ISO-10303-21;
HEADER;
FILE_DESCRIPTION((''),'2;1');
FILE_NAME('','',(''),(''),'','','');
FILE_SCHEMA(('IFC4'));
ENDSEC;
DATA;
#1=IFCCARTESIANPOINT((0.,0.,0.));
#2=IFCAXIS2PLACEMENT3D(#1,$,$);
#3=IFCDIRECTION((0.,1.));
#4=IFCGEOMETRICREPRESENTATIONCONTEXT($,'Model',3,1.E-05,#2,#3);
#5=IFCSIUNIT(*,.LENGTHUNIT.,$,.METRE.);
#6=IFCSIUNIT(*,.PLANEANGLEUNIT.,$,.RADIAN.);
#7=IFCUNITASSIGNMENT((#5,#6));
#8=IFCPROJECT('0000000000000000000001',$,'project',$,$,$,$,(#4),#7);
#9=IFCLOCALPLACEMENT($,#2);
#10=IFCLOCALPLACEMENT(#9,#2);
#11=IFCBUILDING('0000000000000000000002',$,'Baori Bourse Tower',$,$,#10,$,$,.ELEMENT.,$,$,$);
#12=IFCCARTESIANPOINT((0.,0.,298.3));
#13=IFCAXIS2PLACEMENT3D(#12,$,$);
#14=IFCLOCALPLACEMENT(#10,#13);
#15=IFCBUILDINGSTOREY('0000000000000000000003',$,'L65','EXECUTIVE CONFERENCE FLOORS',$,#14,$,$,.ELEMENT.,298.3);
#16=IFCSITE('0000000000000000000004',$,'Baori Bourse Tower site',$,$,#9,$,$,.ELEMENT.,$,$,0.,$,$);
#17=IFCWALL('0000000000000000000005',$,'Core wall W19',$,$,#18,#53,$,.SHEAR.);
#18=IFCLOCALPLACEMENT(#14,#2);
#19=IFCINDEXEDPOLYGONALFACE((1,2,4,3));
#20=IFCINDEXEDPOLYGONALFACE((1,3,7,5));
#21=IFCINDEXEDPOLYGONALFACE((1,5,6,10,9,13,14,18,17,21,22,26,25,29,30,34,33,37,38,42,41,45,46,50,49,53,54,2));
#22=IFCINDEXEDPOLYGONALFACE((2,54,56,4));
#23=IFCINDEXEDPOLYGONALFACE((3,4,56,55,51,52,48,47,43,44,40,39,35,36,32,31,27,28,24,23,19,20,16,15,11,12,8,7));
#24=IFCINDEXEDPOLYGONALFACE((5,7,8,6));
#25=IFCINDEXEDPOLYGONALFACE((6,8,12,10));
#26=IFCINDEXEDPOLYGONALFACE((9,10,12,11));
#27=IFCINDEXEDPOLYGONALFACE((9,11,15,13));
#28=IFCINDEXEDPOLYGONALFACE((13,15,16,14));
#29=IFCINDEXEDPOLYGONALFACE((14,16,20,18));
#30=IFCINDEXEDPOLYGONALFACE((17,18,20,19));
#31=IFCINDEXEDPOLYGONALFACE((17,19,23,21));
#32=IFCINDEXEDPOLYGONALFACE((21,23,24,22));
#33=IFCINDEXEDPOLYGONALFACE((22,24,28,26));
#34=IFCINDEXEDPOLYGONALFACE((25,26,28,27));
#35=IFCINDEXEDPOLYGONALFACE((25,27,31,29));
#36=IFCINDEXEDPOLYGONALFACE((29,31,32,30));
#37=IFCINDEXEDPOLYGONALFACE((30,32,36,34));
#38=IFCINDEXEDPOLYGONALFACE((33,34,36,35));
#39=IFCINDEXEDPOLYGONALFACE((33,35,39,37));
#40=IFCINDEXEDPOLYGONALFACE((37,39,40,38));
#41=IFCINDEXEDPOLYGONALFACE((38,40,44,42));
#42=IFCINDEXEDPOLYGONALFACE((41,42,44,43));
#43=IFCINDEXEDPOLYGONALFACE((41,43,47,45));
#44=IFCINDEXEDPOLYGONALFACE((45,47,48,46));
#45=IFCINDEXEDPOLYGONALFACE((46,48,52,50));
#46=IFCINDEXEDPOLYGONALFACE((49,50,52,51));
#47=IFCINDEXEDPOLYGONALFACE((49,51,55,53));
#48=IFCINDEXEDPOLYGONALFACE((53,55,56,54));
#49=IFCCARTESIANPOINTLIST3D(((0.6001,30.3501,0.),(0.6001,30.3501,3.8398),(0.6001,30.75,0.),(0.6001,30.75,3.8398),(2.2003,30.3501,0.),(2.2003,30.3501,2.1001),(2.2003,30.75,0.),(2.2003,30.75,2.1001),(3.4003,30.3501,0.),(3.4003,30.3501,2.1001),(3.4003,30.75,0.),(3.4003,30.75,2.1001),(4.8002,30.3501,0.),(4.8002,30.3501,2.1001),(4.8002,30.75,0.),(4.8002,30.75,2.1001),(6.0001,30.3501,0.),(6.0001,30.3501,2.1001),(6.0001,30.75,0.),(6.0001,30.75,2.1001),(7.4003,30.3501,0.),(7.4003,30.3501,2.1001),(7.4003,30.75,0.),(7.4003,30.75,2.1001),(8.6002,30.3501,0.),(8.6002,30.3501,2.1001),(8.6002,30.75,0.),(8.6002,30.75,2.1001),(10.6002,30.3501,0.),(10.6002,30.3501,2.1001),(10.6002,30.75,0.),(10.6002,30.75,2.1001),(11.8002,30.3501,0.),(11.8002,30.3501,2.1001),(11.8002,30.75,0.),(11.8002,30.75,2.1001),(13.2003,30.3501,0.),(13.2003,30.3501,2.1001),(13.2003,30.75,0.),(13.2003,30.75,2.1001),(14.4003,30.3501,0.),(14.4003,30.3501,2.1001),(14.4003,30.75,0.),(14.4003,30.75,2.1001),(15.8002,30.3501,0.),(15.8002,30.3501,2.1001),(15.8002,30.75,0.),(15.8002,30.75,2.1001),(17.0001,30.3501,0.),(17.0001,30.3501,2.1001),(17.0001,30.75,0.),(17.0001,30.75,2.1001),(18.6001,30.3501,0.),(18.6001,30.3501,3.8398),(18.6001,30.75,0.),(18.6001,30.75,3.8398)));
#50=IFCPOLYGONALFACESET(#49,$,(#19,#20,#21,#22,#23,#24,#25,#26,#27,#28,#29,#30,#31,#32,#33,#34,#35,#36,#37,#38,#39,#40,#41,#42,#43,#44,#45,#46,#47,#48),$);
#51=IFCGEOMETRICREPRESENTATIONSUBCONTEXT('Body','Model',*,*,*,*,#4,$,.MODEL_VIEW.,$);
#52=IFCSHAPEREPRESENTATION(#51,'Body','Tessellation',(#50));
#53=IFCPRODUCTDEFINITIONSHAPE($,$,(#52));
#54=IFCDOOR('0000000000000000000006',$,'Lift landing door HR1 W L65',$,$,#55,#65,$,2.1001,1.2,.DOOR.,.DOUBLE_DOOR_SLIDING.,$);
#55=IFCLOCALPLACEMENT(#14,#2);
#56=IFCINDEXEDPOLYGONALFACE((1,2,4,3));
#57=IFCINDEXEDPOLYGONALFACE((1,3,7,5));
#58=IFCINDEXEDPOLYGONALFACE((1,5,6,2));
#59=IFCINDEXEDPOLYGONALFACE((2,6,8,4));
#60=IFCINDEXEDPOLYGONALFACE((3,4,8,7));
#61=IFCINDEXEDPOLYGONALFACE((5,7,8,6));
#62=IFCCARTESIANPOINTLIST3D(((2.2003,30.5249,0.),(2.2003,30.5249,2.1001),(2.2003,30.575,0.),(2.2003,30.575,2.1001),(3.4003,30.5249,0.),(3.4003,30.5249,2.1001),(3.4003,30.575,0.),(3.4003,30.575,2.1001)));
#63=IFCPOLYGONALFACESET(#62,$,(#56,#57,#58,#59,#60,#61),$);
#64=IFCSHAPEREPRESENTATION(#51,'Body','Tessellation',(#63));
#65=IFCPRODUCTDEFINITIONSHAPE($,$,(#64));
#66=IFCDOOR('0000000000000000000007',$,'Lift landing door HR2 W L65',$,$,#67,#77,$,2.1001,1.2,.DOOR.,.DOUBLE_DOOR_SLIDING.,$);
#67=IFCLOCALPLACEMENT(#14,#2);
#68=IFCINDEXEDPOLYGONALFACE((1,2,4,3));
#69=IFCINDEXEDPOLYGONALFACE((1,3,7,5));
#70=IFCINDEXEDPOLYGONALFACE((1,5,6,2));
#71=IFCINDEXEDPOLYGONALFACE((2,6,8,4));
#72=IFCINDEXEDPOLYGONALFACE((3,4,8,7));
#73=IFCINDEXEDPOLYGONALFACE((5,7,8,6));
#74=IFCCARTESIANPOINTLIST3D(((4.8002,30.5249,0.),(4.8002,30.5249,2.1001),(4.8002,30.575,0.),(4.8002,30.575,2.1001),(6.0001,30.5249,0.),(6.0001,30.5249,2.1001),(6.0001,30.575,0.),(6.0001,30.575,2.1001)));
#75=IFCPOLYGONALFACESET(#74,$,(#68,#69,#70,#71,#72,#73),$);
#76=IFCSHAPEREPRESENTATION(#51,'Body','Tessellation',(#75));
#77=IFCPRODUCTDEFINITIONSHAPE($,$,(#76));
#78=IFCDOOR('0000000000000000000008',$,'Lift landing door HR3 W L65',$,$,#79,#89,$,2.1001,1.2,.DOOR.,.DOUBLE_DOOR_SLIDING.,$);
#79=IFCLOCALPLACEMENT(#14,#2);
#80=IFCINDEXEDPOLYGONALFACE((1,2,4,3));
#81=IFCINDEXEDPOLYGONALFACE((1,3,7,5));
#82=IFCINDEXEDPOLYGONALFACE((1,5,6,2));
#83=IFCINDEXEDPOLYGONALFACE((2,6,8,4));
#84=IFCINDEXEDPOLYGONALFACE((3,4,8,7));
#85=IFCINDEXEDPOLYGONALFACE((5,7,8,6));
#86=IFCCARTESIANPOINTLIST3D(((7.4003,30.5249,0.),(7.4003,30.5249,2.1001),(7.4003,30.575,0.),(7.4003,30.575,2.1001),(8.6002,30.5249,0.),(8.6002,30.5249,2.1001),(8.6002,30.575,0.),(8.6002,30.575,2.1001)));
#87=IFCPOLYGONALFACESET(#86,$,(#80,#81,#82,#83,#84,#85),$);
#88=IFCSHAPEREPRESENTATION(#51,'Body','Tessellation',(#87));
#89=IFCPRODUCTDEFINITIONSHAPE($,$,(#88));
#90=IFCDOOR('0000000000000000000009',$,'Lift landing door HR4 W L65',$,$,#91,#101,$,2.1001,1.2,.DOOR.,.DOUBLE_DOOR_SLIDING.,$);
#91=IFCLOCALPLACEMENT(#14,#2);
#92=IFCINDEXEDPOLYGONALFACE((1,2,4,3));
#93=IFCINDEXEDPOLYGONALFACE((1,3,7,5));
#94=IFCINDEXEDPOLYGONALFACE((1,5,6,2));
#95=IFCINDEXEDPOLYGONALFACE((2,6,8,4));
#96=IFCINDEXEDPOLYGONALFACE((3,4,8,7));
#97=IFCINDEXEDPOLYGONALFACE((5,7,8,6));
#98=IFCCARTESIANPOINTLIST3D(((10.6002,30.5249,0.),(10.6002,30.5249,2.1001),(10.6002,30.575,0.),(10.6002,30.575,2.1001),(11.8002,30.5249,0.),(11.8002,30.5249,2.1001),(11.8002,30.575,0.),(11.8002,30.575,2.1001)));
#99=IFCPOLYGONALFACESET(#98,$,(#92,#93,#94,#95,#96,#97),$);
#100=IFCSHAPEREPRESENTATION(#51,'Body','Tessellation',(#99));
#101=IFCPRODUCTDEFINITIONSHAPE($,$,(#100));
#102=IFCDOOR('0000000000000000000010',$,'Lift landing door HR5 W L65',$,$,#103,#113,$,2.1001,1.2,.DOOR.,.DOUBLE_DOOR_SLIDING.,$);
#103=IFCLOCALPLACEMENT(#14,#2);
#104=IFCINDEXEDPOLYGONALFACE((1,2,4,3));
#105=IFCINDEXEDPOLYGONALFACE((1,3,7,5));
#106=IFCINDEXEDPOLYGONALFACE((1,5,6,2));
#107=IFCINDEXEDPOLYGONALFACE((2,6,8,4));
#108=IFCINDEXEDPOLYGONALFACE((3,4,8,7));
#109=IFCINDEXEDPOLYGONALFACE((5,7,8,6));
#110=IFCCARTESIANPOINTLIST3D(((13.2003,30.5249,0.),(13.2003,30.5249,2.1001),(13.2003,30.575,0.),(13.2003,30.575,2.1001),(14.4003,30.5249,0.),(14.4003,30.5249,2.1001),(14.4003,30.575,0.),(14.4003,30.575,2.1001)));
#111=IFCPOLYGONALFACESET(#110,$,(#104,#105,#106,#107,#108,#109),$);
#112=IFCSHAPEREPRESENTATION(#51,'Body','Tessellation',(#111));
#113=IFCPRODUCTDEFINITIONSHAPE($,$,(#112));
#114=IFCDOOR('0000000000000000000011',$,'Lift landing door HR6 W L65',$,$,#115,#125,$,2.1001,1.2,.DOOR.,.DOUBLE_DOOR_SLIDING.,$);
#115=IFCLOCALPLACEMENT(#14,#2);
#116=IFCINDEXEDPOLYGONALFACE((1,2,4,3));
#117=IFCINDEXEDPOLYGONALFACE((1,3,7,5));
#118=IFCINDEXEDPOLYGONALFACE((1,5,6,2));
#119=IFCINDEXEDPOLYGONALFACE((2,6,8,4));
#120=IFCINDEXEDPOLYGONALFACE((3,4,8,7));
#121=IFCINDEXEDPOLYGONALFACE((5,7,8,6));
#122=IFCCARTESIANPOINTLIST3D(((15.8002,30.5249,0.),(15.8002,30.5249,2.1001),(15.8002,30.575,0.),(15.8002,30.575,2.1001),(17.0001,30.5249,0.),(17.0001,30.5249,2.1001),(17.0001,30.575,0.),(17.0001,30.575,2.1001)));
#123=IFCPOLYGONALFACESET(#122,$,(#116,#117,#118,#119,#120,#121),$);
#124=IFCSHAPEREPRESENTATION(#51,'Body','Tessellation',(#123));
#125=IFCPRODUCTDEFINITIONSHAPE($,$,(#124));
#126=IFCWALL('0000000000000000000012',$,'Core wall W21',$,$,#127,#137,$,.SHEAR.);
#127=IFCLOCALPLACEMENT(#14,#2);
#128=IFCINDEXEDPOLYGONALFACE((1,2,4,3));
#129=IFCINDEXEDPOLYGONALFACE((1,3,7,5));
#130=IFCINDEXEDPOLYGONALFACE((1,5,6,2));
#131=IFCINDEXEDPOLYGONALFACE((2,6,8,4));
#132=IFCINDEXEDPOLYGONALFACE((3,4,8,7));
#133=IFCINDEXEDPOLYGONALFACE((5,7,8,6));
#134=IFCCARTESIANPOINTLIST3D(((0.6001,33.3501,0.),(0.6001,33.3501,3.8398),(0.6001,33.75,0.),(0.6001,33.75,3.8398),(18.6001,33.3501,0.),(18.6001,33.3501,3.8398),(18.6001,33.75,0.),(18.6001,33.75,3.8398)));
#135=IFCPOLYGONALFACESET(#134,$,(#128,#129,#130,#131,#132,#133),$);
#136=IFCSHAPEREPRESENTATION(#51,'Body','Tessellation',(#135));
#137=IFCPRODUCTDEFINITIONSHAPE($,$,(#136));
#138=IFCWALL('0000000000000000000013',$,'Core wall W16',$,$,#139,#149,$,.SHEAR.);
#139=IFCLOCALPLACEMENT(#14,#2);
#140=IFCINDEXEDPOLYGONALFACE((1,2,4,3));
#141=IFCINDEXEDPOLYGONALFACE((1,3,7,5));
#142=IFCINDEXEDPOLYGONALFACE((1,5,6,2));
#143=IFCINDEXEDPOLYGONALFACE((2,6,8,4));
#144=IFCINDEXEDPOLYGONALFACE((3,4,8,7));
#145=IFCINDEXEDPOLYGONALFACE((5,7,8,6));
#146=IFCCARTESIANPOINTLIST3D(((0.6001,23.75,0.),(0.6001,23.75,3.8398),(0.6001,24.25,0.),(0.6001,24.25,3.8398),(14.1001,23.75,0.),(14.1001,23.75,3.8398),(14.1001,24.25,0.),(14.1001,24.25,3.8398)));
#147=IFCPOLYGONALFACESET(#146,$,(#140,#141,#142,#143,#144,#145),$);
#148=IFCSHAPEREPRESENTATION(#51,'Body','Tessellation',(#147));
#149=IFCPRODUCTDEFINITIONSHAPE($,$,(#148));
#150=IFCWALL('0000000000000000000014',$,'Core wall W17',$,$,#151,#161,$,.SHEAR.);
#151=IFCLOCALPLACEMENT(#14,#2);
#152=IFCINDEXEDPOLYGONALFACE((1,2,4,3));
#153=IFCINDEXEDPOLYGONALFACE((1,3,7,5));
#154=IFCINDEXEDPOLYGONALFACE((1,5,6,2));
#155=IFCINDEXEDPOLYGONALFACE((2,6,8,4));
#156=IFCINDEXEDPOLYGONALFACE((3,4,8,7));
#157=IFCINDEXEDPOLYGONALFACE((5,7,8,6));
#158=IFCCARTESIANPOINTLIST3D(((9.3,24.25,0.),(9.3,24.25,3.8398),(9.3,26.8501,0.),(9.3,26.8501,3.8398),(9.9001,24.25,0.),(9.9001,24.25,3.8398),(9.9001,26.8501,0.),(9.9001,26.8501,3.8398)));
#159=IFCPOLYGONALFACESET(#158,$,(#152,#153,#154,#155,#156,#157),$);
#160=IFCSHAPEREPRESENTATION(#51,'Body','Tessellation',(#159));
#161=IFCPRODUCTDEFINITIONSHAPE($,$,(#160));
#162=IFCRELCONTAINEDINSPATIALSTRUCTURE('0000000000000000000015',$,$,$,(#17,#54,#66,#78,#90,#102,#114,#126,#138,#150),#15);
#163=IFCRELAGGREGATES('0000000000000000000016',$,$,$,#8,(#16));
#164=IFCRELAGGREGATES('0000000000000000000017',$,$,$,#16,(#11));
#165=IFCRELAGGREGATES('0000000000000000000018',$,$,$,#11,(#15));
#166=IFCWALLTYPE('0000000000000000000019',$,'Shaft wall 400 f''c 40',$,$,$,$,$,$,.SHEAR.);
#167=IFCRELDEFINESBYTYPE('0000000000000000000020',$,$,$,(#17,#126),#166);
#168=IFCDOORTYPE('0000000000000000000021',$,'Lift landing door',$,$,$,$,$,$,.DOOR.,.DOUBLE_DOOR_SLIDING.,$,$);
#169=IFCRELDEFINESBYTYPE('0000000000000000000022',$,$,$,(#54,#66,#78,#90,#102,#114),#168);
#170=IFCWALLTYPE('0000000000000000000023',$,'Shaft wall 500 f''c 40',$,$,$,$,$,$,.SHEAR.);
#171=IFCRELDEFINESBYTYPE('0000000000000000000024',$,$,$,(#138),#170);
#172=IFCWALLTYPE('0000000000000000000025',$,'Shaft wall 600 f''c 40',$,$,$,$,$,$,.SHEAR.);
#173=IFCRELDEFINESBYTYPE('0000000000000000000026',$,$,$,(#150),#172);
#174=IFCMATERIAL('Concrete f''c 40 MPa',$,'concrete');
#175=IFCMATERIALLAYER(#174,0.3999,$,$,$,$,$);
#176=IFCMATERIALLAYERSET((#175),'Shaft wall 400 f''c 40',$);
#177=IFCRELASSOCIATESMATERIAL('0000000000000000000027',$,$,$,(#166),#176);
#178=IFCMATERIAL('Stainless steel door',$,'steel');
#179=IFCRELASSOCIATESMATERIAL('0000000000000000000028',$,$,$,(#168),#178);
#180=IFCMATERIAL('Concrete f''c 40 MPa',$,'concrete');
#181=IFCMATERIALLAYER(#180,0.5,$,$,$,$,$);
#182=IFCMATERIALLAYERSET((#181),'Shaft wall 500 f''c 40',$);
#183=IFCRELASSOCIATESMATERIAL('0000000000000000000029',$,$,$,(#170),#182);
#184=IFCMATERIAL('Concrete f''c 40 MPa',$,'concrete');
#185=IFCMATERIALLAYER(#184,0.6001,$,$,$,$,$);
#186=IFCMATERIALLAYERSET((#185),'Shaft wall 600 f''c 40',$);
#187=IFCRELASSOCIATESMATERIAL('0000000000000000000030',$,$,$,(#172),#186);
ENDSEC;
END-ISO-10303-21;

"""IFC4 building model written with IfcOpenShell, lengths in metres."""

from ifc_helpers import new_model, si_unit, direction, frame, frame_2d, origin, place, context, subcontext, project, spatial, rectangle, extrude, material, layer, layer_set, type_object, element, fill, save


model = new_model("IFC4")

# Units and contexts
model_context = context("Model", 3, precision=1e-05, world=origin(), true_north=direction((0.0, 1.0)))
body_context = subcontext(model_context, "Body", "Model", "MODEL_VIEW")
ifc_project = project(units=[si_unit("LENGTHUNIT", "METRE"), si_unit("PLANEANGLEUNIT", "RADIAN")], contexts=[model_context])

# Site, building, storey
site_placement = place(None, origin())
site = spatial("IfcSite", under=ifc_project, at=site_placement, Name="Baori Bourse Tower site", CompositionType="ELEMENT", RefElevation=0.0)
building_placement = place(site_placement, origin())
building = spatial("IfcBuilding", under=site, at=building_placement, Name="Baori Bourse Tower", CompositionType="ELEMENT")
storey_placement = place(building_placement, frame((0.0, 0.0, 298.3)))
storey = spatial("IfcBuildingStorey", under=building, at=storey_placement, Name="L65", Description="EXECUTIVE CONFERENCE FLOORS", CompositionType="ELEMENT", Elevation=298.3)

# Wall, openings, doors
ifc_material_1 = material(Name="Concrete f'c 40 MPa", Category="concrete")
ifc_layer_1 = layer(ifc_material_1, 0.3999)
ifc_layer_set_1 = layer_set([ifc_layer_1], Name="Shaft wall 400 f'c 40")
wall_type_1 = type_object("IfcWallType", Name="Shaft wall 400 f'c 40", PredefinedType="SHEAR", material=ifc_layer_set_1)
ifc_material_2 = material(Name="Stainless steel door", Category="steel")
door_type_1 = type_object("IfcDoorType", Name="Lift landing door", OperationType="DOUBLE_DOOR_SLIDING", PredefinedType="DOOR", material=ifc_material_2)
wall_1_placement = place(storey_placement, frame((0.6001, 30.55, 0.0), z_axis=(0.0, 0.0, 1.0), x_axis=(1.0, 0.0, 0.0)))
wall_1 = element("IfcWall", 1, at=wall_1_placement, inside=storey, type_object=wall_type_1, Name="Core wall W19", PredefinedType="SHEAR", context=body_context, shape_type="SweptSolid", body=[
    extrude(rectangle(XDim=18.0, YDim=0.3999, at=frame_2d((9.0, 0.0))), origin(), (0.0, 0.0, 1.0), 3.8398),
])
opening_1_placement = place(wall_1_placement, frame((1.6001, 0.0, 0.0)))
opening_1 = element("IfcOpeningElement", 2, at=opening_1_placement, cuts=wall_1, PredefinedType="OPENING", context=body_context, shape_type="SweptSolid", body=[
    extrude(rectangle(XDim=1.2, YDim=2.1001, at=frame_2d((0.6001, 1.05))), frame((0.0, 0.21, 0.0), z_axis=(0.0, -1.0, 0.0), x_axis=(1.0, 0.0, 0.0)), (0.0, 0.0, 1.0), 0.4199),
])
opening_2_placement = place(wall_1_placement, frame((4.2, 0.0, 0.0)))
opening_2 = element("IfcOpeningElement", 3, at=opening_2_placement, cuts=wall_1, PredefinedType="OPENING", context=body_context, shape_type="SweptSolid", body=[
    extrude(rectangle(XDim=1.2, YDim=2.1001, at=frame_2d((0.6001, 1.05))), frame((0.0, 0.21, 0.0), z_axis=(0.0, -1.0, 0.0), x_axis=(1.0, 0.0, 0.0)), (0.0, 0.0, 1.0), 0.4199),
])
opening_3_placement = place(wall_1_placement, frame((6.8, 0.0, 0.0)))
opening_3 = element("IfcOpeningElement", 4, at=opening_3_placement, cuts=wall_1, PredefinedType="OPENING", context=body_context, shape_type="SweptSolid", body=[
    extrude(rectangle(XDim=1.2, YDim=2.1001, at=frame_2d((0.6001, 1.05))), frame((0.0, 0.21, 0.0), z_axis=(0.0, -1.0, 0.0), x_axis=(1.0, 0.0, 0.0)), (0.0, 0.0, 1.0), 0.4199),
])
opening_4_placement = place(wall_1_placement, frame((10.0, 0.0, 0.0)))
opening_4 = element("IfcOpeningElement", 5, at=opening_4_placement, cuts=wall_1, PredefinedType="OPENING", context=body_context, shape_type="SweptSolid", body=[
    extrude(rectangle(XDim=1.2, YDim=2.1001, at=frame_2d((0.6001, 1.05))), frame((0.0, 0.21, 0.0), z_axis=(0.0, -1.0, 0.0), x_axis=(1.0, 0.0, 0.0)), (0.0, 0.0, 1.0), 0.4199),
])
opening_5_placement = place(wall_1_placement, frame((12.6001, 0.0, 0.0)))
opening_5 = element("IfcOpeningElement", 6, at=opening_5_placement, cuts=wall_1, PredefinedType="OPENING", context=body_context, shape_type="SweptSolid", body=[
    extrude(rectangle(XDim=1.2, YDim=2.1001, at=frame_2d((0.6001, 1.05))), frame((0.0, 0.21, 0.0), z_axis=(0.0, -1.0, 0.0), x_axis=(1.0, 0.0, 0.0)), (0.0, 0.0, 1.0), 0.4199),
])
opening_6_placement = place(wall_1_placement, frame((15.2, 0.0, 0.0)))
opening_6 = element("IfcOpeningElement", 7, at=opening_6_placement, cuts=wall_1, PredefinedType="OPENING", context=body_context, shape_type="SweptSolid", body=[
    extrude(rectangle(XDim=1.2, YDim=2.1001, at=frame_2d((0.6001, 1.05))), frame((0.0, 0.21, 0.0), z_axis=(0.0, -1.0, 0.0), x_axis=(1.0, 0.0, 0.0)), (0.0, 0.0, 1.0), 0.4199),
])
door_1_placement = place(opening_1_placement, origin())
door_1 = element("IfcDoor", 8, at=door_1_placement, inside=storey, type_object=door_type_1, Name="Lift landing door HR1 W L65", OperationType="DOUBLE_DOOR_SLIDING", OverallHeight=2.1001, OverallWidth=1.2, PredefinedType="DOOR", context=body_context, shape_type="SweptSolid", body=[
    extrude(rectangle(XDim=1.2, YDim=2.1001, at=frame_2d((0.6001, 1.05))), frame((0.0, 0.0249, 0.0), z_axis=(0.0, -1.0, 0.0), x_axis=(1.0, 0.0, 0.0)), (0.0, 0.0, 1.0), 0.05),
])
fill(opening_1, door_1)
door_2_placement = place(opening_2_placement, origin())
door_2 = element("IfcDoor", 9, at=door_2_placement, inside=storey, type_object=door_type_1, Name="Lift landing door HR2 W L65", OperationType="DOUBLE_DOOR_SLIDING", OverallHeight=2.1001, OverallWidth=1.2, PredefinedType="DOOR", context=body_context, shape_type="SweptSolid", body=[
    extrude(rectangle(XDim=1.2, YDim=2.1001, at=frame_2d((0.6001, 1.05))), frame((0.0, 0.0249, 0.0), z_axis=(0.0, -1.0, 0.0), x_axis=(1.0, 0.0, 0.0)), (0.0, 0.0, 1.0), 0.05),
])
fill(opening_2, door_2)
door_3_placement = place(opening_3_placement, origin())
door_3 = element("IfcDoor", 10, at=door_3_placement, inside=storey, type_object=door_type_1, Name="Lift landing door HR3 W L65", OperationType="DOUBLE_DOOR_SLIDING", OverallHeight=2.1001, OverallWidth=1.2, PredefinedType="DOOR", context=body_context, shape_type="SweptSolid", body=[
    extrude(rectangle(XDim=1.2, YDim=2.1001, at=frame_2d((0.6001, 1.05))), frame((0.0, 0.0249, 0.0), z_axis=(0.0, -1.0, 0.0), x_axis=(1.0, 0.0, 0.0)), (0.0, 0.0, 1.0), 0.05),
])
fill(opening_3, door_3)
door_4_placement = place(opening_4_placement, origin())
door_4 = element("IfcDoor", 11, at=door_4_placement, inside=storey, type_object=door_type_1, Name="Lift landing door HR4 W L65", OperationType="DOUBLE_DOOR_SLIDING", OverallHeight=2.1001, OverallWidth=1.2, PredefinedType="DOOR", context=body_context, shape_type="SweptSolid", body=[
    extrude(rectangle(XDim=1.2, YDim=2.1001, at=frame_2d((0.6001, 1.05))), frame((0.0, 0.0249, 0.0), z_axis=(0.0, -1.0, 0.0), x_axis=(1.0, 0.0, 0.0)), (0.0, 0.0, 1.0), 0.05),
])
fill(opening_4, door_4)
door_5_placement = place(opening_5_placement, origin())
door_5 = element("IfcDoor", 12, at=door_5_placement, inside=storey, type_object=door_type_1, Name="Lift landing door HR5 W L65", OperationType="DOUBLE_DOOR_SLIDING", OverallHeight=2.1001, OverallWidth=1.2, PredefinedType="DOOR", context=body_context, shape_type="SweptSolid", body=[
    extrude(rectangle(XDim=1.2, YDim=2.1001, at=frame_2d((0.6001, 1.05))), frame((0.0, 0.0249, 0.0), z_axis=(0.0, -1.0, 0.0), x_axis=(1.0, 0.0, 0.0)), (0.0, 0.0, 1.0), 0.05),
])
fill(opening_5, door_5)
door_6_placement = place(opening_6_placement, origin())
door_6 = element("IfcDoor", 13, at=door_6_placement, inside=storey, type_object=door_type_1, Name="Lift landing door HR6 W L65", OperationType="DOUBLE_DOOR_SLIDING", OverallHeight=2.1001, OverallWidth=1.2, PredefinedType="DOOR", context=body_context, shape_type="SweptSolid", body=[
    extrude(rectangle(XDim=1.2, YDim=2.1001, at=frame_2d((0.6001, 1.05))), frame((0.0, 0.0249, 0.0), z_axis=(0.0, -1.0, 0.0), x_axis=(1.0, 0.0, 0.0)), (0.0, 0.0, 1.0), 0.05),
])
fill(opening_6, door_6)

# Walls
wall_2_placement = place(storey_placement, frame((0.6001, 33.55, 0.0), z_axis=(0.0, 0.0, 1.0), x_axis=(1.0, 0.0, 0.0)))
element("IfcWall", 14, at=wall_2_placement, inside=storey, type_object=wall_type_1, Name="Core wall W21", PredefinedType="SHEAR", context=body_context, shape_type="SweptSolid", body=[
    extrude(rectangle(XDim=18.0, YDim=0.3999, at=frame_2d((9.0, 0.0))), origin(), (0.0, 0.0, 1.0), 3.8398),
])
ifc_material_3 = material(Name="Concrete f'c 40 MPa", Category="concrete")
ifc_layer_2 = layer(ifc_material_3, 0.5)
ifc_layer_set_2 = layer_set([ifc_layer_2], Name="Shaft wall 500 f'c 40")
wall_type_2 = type_object("IfcWallType", Name="Shaft wall 500 f'c 40", PredefinedType="SHEAR", material=ifc_layer_set_2)
wall_3_placement = place(storey_placement, frame((0.6001, 24.0, 0.0), z_axis=(0.0, 0.0, 1.0), x_axis=(1.0, 0.0, 0.0)))
element("IfcWall", 15, at=wall_3_placement, inside=storey, type_object=wall_type_2, Name="Core wall W16", PredefinedType="SHEAR", context=body_context, shape_type="SweptSolid", body=[
    extrude(rectangle(XDim=13.5, YDim=0.5, at=frame_2d((6.75, 0.0))), origin(), (0.0, 0.0, 1.0), 3.8398),
])
ifc_material_4 = material(Name="Concrete f'c 40 MPa", Category="concrete")
ifc_layer_3 = layer(ifc_material_4, 0.6001)
ifc_layer_set_3 = layer_set([ifc_layer_3], Name="Shaft wall 600 f'c 40")
wall_type_3 = type_object("IfcWallType", Name="Shaft wall 600 f'c 40", PredefinedType="SHEAR", material=ifc_layer_set_3)
wall_4_placement = place(storey_placement, frame((9.6001, 24.25, 0.0), z_axis=(0.0, 0.0, 1.0), x_axis=(0.0, 1.0, 0.0)))
element("IfcWall", 16, at=wall_4_placement, inside=storey, type_object=wall_type_3, Name="Core wall W17", PredefinedType="SHEAR", context=body_context, shape_type="SweptSolid", body=[
    extrude(rectangle(XDim=2.6001, YDim=0.6001, at=frame_2d((1.3, 0.0))), origin(), (0.0, 0.0, 1.0), 3.8398),
])

save(model, "model.ifc")
